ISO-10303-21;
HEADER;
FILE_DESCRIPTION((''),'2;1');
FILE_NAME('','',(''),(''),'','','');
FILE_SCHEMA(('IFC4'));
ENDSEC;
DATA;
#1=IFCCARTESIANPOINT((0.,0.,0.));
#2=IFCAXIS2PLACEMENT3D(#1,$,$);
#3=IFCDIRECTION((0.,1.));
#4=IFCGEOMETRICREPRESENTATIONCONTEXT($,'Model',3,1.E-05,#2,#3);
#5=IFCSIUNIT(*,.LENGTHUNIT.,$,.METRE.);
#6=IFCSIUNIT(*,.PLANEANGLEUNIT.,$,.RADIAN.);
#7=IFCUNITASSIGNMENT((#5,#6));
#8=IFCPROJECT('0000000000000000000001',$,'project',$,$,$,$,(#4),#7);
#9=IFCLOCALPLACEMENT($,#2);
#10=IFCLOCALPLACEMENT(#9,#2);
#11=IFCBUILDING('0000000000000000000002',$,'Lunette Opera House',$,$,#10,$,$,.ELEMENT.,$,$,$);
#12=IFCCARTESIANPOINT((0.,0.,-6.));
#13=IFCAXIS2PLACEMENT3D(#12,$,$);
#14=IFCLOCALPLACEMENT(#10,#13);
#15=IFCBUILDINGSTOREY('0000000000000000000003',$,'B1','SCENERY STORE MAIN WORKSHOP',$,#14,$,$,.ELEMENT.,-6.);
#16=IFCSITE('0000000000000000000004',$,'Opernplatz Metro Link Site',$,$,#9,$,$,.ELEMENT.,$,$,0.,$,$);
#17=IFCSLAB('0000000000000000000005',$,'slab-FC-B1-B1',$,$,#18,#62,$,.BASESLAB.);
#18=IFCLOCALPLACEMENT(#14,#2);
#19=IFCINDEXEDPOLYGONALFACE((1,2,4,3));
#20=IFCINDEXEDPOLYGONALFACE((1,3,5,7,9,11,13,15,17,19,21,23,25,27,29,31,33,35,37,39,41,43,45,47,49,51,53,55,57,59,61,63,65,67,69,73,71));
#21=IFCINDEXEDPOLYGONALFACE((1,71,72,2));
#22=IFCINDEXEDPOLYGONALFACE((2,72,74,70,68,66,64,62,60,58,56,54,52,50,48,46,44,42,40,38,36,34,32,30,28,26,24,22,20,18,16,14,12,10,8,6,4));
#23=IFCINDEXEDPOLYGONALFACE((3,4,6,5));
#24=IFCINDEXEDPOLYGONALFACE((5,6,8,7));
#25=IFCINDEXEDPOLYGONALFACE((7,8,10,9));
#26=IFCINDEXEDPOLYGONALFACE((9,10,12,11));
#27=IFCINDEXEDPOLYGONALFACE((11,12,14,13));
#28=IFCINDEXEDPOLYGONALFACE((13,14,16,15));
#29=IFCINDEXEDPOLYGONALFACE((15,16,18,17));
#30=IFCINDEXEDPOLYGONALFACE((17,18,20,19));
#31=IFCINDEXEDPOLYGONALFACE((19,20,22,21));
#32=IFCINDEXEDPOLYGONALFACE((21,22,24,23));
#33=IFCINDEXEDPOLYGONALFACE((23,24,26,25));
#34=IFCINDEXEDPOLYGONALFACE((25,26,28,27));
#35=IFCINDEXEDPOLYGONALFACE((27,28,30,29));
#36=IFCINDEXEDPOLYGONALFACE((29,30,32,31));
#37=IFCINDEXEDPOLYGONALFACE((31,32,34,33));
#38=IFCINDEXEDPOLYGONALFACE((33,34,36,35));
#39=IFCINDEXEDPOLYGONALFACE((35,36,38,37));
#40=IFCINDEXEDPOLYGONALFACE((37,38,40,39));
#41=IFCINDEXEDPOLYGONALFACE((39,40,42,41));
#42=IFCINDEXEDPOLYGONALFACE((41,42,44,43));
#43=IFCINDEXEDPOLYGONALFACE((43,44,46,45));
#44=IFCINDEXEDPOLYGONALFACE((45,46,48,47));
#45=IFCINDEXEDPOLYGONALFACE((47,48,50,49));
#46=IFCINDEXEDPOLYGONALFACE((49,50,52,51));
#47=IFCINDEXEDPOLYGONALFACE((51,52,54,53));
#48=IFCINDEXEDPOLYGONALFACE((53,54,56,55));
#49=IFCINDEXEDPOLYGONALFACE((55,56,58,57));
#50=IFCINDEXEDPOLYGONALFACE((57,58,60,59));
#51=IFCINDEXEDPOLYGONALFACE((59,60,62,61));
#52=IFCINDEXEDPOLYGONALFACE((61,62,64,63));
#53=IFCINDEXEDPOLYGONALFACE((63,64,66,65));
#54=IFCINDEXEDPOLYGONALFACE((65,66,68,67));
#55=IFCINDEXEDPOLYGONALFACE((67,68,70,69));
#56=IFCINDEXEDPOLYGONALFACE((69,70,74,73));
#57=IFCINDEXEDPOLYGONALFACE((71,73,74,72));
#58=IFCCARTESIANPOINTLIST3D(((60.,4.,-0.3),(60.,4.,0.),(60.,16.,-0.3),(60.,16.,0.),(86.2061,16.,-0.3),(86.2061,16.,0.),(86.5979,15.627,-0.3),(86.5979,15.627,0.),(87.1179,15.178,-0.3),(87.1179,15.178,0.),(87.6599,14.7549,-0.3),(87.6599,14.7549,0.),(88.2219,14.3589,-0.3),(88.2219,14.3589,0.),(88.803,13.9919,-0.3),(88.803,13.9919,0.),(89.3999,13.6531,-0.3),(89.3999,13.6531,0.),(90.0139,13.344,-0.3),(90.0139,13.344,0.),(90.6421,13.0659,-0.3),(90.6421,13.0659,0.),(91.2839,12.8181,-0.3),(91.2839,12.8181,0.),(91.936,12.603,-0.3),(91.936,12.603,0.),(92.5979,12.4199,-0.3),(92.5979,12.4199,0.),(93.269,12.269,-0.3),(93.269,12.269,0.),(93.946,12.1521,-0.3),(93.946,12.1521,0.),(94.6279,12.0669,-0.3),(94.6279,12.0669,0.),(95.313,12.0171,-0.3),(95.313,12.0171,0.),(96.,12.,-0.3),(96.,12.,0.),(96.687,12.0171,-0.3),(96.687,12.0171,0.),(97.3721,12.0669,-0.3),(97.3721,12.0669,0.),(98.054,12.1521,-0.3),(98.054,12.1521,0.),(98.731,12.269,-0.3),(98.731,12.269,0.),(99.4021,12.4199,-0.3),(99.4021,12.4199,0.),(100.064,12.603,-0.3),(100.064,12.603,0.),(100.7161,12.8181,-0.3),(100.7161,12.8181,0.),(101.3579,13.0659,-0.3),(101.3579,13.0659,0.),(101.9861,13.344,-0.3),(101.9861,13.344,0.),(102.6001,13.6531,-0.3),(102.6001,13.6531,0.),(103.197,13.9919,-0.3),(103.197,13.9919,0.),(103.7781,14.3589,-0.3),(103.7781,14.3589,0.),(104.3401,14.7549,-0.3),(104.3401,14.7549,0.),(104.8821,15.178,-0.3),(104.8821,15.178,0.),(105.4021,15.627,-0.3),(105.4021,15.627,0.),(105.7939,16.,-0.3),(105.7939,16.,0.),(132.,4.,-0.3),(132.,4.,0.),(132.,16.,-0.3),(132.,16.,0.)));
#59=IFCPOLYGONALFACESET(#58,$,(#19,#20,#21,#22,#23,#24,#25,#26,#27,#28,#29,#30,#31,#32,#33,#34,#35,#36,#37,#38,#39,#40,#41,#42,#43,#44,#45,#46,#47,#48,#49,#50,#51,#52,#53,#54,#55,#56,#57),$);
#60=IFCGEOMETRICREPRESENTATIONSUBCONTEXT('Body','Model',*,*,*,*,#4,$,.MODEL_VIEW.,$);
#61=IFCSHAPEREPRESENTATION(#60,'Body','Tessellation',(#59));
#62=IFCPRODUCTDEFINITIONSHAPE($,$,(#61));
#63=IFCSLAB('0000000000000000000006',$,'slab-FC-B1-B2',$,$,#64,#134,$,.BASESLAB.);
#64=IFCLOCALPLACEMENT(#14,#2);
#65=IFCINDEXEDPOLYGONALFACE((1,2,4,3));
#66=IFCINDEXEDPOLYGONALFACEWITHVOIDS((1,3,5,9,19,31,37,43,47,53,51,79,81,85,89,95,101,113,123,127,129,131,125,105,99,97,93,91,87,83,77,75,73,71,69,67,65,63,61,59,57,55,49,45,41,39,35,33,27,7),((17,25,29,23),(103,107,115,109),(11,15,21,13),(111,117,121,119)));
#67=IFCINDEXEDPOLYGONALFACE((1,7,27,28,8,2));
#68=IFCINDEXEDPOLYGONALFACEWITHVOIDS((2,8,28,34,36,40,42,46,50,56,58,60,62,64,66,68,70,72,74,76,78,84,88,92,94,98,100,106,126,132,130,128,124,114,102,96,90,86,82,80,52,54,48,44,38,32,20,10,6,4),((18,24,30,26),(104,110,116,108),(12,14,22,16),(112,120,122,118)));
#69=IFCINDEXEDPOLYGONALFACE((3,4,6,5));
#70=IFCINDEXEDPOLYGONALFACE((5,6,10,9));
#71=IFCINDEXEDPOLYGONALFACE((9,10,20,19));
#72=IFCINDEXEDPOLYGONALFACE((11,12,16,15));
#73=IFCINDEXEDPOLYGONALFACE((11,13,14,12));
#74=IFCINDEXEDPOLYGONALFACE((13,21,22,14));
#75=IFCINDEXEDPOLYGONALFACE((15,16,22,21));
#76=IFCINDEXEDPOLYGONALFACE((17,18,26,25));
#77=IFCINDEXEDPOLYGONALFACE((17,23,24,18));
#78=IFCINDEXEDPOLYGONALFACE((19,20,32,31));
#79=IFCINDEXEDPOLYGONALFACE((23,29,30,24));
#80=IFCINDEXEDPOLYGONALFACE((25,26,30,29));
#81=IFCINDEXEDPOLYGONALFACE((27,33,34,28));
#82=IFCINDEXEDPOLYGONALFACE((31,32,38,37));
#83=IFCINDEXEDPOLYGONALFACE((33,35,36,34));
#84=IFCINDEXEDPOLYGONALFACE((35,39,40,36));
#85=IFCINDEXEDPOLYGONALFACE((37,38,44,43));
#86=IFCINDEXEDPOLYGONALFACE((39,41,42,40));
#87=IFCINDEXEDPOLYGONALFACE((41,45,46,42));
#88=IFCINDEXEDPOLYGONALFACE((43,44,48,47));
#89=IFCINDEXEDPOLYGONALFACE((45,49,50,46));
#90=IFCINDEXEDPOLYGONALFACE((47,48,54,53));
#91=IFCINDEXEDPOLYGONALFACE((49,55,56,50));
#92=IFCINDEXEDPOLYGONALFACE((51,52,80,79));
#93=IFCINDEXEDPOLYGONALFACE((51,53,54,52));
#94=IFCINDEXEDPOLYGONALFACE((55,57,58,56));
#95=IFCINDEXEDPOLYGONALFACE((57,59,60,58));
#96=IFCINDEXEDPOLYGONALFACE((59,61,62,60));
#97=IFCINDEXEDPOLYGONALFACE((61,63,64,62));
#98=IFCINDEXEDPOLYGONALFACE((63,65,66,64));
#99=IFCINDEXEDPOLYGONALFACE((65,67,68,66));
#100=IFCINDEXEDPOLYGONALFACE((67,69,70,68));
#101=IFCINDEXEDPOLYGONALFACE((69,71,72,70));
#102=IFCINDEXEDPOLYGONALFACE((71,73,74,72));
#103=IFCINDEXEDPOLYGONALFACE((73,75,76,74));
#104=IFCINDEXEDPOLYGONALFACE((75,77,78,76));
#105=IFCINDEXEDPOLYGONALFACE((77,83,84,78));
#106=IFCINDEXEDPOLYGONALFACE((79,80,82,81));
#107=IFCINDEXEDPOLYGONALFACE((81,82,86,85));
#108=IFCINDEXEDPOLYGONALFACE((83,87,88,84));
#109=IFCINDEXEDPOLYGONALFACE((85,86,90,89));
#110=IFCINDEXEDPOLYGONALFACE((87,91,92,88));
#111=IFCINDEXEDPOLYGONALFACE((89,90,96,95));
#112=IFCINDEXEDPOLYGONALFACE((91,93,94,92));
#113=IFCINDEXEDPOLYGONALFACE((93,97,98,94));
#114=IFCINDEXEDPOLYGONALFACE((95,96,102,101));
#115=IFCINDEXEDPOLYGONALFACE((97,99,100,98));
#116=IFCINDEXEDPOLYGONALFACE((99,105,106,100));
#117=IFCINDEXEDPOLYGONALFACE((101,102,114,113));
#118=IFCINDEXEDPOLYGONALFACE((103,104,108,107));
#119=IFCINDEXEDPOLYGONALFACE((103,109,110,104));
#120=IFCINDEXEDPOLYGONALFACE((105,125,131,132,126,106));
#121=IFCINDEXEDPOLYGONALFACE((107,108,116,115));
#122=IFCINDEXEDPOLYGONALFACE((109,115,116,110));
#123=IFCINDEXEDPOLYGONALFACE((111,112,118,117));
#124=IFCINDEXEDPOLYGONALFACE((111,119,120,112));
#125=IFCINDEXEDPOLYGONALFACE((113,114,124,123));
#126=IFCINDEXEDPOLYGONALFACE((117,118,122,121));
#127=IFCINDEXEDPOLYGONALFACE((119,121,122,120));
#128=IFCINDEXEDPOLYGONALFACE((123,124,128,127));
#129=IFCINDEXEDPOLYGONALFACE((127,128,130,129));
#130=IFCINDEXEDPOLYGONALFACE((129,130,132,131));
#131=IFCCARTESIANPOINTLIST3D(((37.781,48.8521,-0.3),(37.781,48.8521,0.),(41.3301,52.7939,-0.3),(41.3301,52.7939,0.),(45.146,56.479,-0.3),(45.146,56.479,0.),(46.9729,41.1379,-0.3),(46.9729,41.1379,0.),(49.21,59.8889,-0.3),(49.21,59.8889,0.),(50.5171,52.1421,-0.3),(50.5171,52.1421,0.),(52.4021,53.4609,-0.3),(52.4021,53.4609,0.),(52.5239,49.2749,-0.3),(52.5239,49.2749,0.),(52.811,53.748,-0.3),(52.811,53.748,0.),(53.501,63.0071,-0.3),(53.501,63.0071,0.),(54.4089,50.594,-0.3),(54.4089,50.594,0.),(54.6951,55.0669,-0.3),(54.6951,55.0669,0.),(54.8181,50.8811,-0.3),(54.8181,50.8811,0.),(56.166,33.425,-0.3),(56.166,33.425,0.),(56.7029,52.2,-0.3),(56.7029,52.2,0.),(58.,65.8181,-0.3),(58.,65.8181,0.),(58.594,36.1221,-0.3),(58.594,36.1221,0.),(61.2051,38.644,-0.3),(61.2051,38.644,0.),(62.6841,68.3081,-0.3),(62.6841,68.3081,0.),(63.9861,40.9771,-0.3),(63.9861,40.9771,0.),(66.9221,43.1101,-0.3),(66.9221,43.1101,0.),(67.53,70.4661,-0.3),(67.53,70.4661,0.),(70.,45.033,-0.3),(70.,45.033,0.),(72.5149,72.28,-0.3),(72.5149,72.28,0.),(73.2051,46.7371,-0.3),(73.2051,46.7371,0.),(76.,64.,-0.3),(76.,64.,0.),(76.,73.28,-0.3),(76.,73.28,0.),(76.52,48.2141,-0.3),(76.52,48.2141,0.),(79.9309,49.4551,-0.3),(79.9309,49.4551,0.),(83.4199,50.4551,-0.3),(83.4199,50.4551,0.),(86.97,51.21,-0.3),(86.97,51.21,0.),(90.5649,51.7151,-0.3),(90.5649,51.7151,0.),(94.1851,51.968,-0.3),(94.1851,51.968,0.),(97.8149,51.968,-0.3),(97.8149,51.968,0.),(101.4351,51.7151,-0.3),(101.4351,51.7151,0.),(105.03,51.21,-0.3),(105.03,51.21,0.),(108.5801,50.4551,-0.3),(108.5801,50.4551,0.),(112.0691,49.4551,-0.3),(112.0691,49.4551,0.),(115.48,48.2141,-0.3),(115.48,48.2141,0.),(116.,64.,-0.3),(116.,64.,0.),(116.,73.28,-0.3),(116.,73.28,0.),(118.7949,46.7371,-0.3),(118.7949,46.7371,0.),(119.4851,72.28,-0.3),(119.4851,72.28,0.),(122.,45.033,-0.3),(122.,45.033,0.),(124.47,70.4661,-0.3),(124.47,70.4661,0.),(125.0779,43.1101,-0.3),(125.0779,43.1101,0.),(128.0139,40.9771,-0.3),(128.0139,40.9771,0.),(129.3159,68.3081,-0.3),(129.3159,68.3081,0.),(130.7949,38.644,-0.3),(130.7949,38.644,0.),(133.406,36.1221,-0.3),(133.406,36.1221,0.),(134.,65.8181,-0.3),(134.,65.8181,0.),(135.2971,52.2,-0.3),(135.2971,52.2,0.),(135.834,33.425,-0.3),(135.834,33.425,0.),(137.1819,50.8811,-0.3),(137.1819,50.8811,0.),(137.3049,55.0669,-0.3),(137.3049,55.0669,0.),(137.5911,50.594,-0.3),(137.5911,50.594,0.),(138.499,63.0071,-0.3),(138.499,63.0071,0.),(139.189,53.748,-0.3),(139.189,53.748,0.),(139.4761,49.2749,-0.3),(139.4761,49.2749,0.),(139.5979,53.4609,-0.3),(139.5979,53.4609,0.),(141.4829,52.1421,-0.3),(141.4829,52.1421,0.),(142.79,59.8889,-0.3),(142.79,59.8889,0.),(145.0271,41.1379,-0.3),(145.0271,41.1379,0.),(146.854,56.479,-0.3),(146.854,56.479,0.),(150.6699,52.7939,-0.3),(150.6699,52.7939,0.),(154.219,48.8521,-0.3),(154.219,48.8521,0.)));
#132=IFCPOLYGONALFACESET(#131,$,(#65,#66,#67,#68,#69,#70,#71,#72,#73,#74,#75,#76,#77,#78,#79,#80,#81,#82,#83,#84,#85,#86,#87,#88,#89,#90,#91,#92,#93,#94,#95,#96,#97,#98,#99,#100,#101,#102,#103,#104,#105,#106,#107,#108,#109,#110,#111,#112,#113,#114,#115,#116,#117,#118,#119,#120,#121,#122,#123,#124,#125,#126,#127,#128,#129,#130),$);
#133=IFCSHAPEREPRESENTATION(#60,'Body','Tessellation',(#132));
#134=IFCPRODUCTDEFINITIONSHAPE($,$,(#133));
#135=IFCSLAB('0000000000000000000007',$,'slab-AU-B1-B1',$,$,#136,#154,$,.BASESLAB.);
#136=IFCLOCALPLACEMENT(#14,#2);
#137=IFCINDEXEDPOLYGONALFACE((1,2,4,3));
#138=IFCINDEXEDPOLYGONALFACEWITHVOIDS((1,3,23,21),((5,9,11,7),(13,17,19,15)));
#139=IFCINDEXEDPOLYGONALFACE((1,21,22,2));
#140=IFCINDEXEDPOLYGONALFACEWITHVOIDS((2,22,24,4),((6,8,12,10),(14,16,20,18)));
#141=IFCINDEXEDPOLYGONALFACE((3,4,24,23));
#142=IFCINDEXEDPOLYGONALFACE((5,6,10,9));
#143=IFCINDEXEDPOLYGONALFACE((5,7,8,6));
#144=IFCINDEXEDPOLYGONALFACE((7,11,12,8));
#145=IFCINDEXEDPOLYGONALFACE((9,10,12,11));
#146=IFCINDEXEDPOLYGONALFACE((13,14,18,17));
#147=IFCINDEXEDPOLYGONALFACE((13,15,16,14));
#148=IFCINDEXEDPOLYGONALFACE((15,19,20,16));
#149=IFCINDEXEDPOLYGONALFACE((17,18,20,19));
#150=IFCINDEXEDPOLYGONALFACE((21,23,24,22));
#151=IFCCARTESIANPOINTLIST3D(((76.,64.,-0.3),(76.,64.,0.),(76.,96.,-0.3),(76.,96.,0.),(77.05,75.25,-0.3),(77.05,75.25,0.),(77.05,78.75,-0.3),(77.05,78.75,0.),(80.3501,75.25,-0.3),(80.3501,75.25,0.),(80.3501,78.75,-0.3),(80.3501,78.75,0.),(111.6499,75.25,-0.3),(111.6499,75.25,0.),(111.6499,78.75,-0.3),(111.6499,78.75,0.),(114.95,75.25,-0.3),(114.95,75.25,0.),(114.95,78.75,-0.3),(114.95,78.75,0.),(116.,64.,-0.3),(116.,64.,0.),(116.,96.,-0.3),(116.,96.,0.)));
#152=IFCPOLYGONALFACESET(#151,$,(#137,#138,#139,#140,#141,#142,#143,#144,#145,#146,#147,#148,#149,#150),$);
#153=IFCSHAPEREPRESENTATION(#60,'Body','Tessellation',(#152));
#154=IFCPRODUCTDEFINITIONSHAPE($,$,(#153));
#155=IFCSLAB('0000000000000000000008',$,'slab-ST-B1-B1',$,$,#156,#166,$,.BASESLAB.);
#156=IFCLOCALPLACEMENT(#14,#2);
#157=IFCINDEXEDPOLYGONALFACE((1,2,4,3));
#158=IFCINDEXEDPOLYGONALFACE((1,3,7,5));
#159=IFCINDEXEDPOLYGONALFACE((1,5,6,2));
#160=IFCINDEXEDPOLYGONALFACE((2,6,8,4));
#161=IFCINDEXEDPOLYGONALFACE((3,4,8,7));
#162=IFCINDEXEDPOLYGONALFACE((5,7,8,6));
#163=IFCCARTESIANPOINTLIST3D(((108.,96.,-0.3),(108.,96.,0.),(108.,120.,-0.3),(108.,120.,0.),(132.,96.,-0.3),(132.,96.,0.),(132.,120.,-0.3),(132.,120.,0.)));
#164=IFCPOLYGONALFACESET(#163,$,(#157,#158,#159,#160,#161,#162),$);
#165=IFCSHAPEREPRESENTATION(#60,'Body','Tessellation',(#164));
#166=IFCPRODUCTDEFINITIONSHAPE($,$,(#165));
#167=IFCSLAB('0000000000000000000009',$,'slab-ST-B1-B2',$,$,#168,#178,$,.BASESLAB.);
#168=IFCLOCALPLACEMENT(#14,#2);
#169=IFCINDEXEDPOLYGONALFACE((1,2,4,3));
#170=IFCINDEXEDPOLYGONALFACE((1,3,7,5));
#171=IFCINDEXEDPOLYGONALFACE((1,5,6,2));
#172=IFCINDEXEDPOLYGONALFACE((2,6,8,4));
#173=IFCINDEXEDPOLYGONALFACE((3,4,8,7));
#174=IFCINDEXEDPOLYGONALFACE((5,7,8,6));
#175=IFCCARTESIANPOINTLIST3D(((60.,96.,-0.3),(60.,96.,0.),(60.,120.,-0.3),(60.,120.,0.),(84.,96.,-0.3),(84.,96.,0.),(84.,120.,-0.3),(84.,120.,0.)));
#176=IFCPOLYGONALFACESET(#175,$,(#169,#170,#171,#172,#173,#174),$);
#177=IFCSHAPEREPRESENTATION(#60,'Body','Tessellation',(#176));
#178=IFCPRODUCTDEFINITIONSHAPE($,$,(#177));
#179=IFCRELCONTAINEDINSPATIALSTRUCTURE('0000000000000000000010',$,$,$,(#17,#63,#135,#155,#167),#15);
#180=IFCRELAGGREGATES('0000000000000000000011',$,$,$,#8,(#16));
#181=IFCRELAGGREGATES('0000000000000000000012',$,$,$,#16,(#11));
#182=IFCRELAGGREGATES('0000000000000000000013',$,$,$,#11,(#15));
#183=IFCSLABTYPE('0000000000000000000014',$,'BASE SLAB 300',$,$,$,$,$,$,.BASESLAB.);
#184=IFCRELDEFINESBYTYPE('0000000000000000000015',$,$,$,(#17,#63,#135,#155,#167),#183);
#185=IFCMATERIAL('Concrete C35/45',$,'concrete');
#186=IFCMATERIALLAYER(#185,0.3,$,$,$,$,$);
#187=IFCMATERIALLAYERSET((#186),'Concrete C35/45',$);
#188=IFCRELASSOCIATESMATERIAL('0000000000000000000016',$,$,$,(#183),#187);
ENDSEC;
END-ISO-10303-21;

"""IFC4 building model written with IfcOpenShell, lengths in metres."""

from ifc_helpers import new_model, si_unit, direction, frame, origin, place, context, subcontext, project, spatial, polyline, outline, extrude, material, layer, layer_set, type_object, element, save


model = new_model("IFC4")

# Units and contexts
model_context = context("Model", 3, precision=1e-05, world=origin(), true_north=direction((0.0, 1.0)))
body_context = subcontext(model_context, "Body", "Model", "MODEL_VIEW")
ifc_project = project(units=[si_unit("LENGTHUNIT", "METRE"), si_unit("PLANEANGLEUNIT", "RADIAN")], contexts=[model_context])

# Site, building, storey
site_placement = place(None, origin())
site = spatial("IfcSite", under=ifc_project, at=site_placement, Name="Opernplatz Metro Link Site", CompositionType="ELEMENT", RefElevation=0.0)
building_placement = place(site_placement, origin())
building = spatial("IfcBuilding", under=site, at=building_placement, Name="Lunette Opera House", CompositionType="ELEMENT")
storey_placement = place(building_placement, frame((0.0, 0.0, -6.0)))
storey = spatial("IfcBuildingStorey", under=building, at=storey_placement, Name="B1", Description="SCENERY STORE MAIN WORKSHOP", CompositionType="ELEMENT", Elevation=-6.0)

# Slabs
ifc_material_1 = material(Name="Concrete C35/45", Category="concrete")
ifc_layer_1 = layer(ifc_material_1, 0.3)
ifc_layer_set_1 = layer_set([ifc_layer_1], Name="Concrete C35/45")
slab_type_1 = type_object("IfcSlabType", Name="BASE SLAB 300", PredefinedType="BASESLAB", material=ifc_layer_set_1)
slab_1_placement = place(storey_placement, frame((0.0, 0.0, -0.3)))
element("IfcSlab", 1, at=slab_1_placement, inside=storey, type_object=slab_type_1, Name="slab-FC-B1-B1", PredefinedType="BASESLAB", context=body_context, shape_type="SweptSolid", body=[
    extrude(outline(polyline([(60.0, 4.0), (132.0, 4.0), (132.0, 16.0), (105.7939, 16.0), (105.4021, 15.627), (104.8821, 15.178), (104.3401, 14.7549), (103.7781, 14.3589), (103.197, 13.9919), (102.6001, 13.6531), (101.9861, 13.344), (101.3579, 13.0659), (100.7161, 12.8181), (100.064, 12.603), (99.4021, 12.4199), (98.731, 12.269), (98.054, 12.1521), (97.3721, 12.0669), (96.687, 12.0171), (96.0, 12.0), (95.313, 12.0171), (94.6279, 12.0669), (93.946, 12.1521), (93.269, 12.269), (92.5979, 12.4199), (91.936, 12.603), (91.2839, 12.8181), (90.6421, 13.0659), (90.0139, 13.344), (89.3999, 13.6531), (88.803, 13.9919), (88.2219, 14.3589), (87.6599, 14.7549), (87.1179, 15.178), (86.5979, 15.627), (86.2061, 16.0), (60.0, 16.0), (60.0, 4.0)])), origin(), (0.0, 0.0, 1.0), 0.3),
])
slab_2_placement = place(storey_placement, frame((0.0, 0.0, -0.3)))
element("IfcSlab", 2, at=slab_2_placement, inside=storey, type_object=slab_type_1, Name="slab-FC-B1-B2", PredefinedType="BASESLAB", context=body_context, shape_type="SweptSolid", body=[
    extrude(outline(polyline([(128.0139, 40.9771), (130.7949, 38.644), (133.406, 36.1221), (135.834, 33.425), (145.0271, 41.1379), (154.219, 48.8521), (150.6699, 52.7939), (146.854, 56.479), (142.79, 59.8889), (138.499, 63.0071), (134.0, 65.8181), (129.3159, 68.3081), (124.47, 70.4661), (119.4851, 72.28), (116.0, 73.28), (116.0, 64.0), (76.0, 64.0), (76.0, 73.28), (72.5149, 72.28), (67.53, 70.4661), (62.6841, 68.3081), (58.0, 65.8181), (53.501, 63.0071), (49.21, 59.8889), (45.146, 56.479), (41.3301, 52.7939), (37.781, 48.8521), (46.9729, 41.1379), (56.166, 33.425), (58.594, 36.1221), (61.2051, 38.644), (63.9861, 40.9771), (66.9221, 43.1101), (70.0, 45.033), (73.2051, 46.7371), (76.52, 48.2141), (79.9309, 49.4551), (83.4199, 50.4551), (86.97, 51.21), (90.5649, 51.7151), (94.1851, 51.968), (97.8149, 51.968), (101.4351, 51.7151), (105.03, 51.21), (108.5801, 50.4551), (112.0691, 49.4551), (115.48, 48.2141), (118.7949, 46.7371), (122.0, 45.033), (125.0779, 43.1101), (128.0139, 40.9771)]), holes=[polyline([(52.5239, 49.2749), (50.5171, 52.1421), (52.4021, 53.4609), (54.4089, 50.594), (52.5239, 49.2749)]), polyline([(139.5979, 53.4609), (141.4829, 52.1421), (139.4761, 49.2749), (137.5911, 50.594), (139.5979, 53.4609)]), polyline([(54.8181, 50.8811), (52.811, 53.748), (54.6951, 55.0669), (56.7029, 52.2), (54.8181, 50.8811)]), polyline([(137.3049, 55.0669), (139.189, 53.748), (137.1819, 50.8811), (135.2971, 52.2), (137.3049, 55.0669)])]), origin(), (0.0, 0.0, 1.0), 0.3),
])
slab_3_placement = place(storey_placement, frame((0.0, 0.0, -0.3)))
element("IfcSlab", 3, at=slab_3_placement, inside=storey, type_object=slab_type_1, Name="slab-AU-B1-B1", PredefinedType="BASESLAB", context=body_context, shape_type="SweptSolid", body=[
    extrude(outline(polyline([(76.0, 64.0), (116.0, 64.0), (116.0, 96.0), (76.0, 96.0), (76.0, 64.0)]), holes=[polyline([(80.3501, 75.25), (77.05, 75.25), (77.05, 78.75), (80.3501, 78.75), (80.3501, 75.25)]), polyline([(114.95, 75.25), (111.6499, 75.25), (111.6499, 78.75), (114.95, 78.75), (114.95, 75.25)])]), origin(), (0.0, 0.0, 1.0), 0.3),
])
slab_4_placement = place(storey_placement, frame((0.0, 0.0, -0.3)))
element("IfcSlab", 4, at=slab_4_placement, inside=storey, type_object=slab_type_1, Name="slab-ST-B1-B1", PredefinedType="BASESLAB", context=body_context, shape_type="SweptSolid", body=[
    extrude(outline(polyline([(132.0, 120.0), (108.0, 120.0), (108.0, 96.0), (132.0, 96.0), (132.0, 120.0)])), origin(), (0.0, 0.0, 1.0), 0.3),
])
slab_5_placement = place(storey_placement, frame((0.0, 0.0, -0.3)))
element("IfcSlab", 5, at=slab_5_placement, inside=storey, type_object=slab_type_1, Name="slab-ST-B1-B2", PredefinedType="BASESLAB", context=body_context, shape_type="SweptSolid", body=[
    extrude(outline(polyline([(60.0, 96.0), (84.0, 96.0), (84.0, 120.0), (60.0, 120.0), (60.0, 96.0)])), origin(), (0.0, 0.0, 1.0), 0.3),
])

save(model, "model.ifc")
